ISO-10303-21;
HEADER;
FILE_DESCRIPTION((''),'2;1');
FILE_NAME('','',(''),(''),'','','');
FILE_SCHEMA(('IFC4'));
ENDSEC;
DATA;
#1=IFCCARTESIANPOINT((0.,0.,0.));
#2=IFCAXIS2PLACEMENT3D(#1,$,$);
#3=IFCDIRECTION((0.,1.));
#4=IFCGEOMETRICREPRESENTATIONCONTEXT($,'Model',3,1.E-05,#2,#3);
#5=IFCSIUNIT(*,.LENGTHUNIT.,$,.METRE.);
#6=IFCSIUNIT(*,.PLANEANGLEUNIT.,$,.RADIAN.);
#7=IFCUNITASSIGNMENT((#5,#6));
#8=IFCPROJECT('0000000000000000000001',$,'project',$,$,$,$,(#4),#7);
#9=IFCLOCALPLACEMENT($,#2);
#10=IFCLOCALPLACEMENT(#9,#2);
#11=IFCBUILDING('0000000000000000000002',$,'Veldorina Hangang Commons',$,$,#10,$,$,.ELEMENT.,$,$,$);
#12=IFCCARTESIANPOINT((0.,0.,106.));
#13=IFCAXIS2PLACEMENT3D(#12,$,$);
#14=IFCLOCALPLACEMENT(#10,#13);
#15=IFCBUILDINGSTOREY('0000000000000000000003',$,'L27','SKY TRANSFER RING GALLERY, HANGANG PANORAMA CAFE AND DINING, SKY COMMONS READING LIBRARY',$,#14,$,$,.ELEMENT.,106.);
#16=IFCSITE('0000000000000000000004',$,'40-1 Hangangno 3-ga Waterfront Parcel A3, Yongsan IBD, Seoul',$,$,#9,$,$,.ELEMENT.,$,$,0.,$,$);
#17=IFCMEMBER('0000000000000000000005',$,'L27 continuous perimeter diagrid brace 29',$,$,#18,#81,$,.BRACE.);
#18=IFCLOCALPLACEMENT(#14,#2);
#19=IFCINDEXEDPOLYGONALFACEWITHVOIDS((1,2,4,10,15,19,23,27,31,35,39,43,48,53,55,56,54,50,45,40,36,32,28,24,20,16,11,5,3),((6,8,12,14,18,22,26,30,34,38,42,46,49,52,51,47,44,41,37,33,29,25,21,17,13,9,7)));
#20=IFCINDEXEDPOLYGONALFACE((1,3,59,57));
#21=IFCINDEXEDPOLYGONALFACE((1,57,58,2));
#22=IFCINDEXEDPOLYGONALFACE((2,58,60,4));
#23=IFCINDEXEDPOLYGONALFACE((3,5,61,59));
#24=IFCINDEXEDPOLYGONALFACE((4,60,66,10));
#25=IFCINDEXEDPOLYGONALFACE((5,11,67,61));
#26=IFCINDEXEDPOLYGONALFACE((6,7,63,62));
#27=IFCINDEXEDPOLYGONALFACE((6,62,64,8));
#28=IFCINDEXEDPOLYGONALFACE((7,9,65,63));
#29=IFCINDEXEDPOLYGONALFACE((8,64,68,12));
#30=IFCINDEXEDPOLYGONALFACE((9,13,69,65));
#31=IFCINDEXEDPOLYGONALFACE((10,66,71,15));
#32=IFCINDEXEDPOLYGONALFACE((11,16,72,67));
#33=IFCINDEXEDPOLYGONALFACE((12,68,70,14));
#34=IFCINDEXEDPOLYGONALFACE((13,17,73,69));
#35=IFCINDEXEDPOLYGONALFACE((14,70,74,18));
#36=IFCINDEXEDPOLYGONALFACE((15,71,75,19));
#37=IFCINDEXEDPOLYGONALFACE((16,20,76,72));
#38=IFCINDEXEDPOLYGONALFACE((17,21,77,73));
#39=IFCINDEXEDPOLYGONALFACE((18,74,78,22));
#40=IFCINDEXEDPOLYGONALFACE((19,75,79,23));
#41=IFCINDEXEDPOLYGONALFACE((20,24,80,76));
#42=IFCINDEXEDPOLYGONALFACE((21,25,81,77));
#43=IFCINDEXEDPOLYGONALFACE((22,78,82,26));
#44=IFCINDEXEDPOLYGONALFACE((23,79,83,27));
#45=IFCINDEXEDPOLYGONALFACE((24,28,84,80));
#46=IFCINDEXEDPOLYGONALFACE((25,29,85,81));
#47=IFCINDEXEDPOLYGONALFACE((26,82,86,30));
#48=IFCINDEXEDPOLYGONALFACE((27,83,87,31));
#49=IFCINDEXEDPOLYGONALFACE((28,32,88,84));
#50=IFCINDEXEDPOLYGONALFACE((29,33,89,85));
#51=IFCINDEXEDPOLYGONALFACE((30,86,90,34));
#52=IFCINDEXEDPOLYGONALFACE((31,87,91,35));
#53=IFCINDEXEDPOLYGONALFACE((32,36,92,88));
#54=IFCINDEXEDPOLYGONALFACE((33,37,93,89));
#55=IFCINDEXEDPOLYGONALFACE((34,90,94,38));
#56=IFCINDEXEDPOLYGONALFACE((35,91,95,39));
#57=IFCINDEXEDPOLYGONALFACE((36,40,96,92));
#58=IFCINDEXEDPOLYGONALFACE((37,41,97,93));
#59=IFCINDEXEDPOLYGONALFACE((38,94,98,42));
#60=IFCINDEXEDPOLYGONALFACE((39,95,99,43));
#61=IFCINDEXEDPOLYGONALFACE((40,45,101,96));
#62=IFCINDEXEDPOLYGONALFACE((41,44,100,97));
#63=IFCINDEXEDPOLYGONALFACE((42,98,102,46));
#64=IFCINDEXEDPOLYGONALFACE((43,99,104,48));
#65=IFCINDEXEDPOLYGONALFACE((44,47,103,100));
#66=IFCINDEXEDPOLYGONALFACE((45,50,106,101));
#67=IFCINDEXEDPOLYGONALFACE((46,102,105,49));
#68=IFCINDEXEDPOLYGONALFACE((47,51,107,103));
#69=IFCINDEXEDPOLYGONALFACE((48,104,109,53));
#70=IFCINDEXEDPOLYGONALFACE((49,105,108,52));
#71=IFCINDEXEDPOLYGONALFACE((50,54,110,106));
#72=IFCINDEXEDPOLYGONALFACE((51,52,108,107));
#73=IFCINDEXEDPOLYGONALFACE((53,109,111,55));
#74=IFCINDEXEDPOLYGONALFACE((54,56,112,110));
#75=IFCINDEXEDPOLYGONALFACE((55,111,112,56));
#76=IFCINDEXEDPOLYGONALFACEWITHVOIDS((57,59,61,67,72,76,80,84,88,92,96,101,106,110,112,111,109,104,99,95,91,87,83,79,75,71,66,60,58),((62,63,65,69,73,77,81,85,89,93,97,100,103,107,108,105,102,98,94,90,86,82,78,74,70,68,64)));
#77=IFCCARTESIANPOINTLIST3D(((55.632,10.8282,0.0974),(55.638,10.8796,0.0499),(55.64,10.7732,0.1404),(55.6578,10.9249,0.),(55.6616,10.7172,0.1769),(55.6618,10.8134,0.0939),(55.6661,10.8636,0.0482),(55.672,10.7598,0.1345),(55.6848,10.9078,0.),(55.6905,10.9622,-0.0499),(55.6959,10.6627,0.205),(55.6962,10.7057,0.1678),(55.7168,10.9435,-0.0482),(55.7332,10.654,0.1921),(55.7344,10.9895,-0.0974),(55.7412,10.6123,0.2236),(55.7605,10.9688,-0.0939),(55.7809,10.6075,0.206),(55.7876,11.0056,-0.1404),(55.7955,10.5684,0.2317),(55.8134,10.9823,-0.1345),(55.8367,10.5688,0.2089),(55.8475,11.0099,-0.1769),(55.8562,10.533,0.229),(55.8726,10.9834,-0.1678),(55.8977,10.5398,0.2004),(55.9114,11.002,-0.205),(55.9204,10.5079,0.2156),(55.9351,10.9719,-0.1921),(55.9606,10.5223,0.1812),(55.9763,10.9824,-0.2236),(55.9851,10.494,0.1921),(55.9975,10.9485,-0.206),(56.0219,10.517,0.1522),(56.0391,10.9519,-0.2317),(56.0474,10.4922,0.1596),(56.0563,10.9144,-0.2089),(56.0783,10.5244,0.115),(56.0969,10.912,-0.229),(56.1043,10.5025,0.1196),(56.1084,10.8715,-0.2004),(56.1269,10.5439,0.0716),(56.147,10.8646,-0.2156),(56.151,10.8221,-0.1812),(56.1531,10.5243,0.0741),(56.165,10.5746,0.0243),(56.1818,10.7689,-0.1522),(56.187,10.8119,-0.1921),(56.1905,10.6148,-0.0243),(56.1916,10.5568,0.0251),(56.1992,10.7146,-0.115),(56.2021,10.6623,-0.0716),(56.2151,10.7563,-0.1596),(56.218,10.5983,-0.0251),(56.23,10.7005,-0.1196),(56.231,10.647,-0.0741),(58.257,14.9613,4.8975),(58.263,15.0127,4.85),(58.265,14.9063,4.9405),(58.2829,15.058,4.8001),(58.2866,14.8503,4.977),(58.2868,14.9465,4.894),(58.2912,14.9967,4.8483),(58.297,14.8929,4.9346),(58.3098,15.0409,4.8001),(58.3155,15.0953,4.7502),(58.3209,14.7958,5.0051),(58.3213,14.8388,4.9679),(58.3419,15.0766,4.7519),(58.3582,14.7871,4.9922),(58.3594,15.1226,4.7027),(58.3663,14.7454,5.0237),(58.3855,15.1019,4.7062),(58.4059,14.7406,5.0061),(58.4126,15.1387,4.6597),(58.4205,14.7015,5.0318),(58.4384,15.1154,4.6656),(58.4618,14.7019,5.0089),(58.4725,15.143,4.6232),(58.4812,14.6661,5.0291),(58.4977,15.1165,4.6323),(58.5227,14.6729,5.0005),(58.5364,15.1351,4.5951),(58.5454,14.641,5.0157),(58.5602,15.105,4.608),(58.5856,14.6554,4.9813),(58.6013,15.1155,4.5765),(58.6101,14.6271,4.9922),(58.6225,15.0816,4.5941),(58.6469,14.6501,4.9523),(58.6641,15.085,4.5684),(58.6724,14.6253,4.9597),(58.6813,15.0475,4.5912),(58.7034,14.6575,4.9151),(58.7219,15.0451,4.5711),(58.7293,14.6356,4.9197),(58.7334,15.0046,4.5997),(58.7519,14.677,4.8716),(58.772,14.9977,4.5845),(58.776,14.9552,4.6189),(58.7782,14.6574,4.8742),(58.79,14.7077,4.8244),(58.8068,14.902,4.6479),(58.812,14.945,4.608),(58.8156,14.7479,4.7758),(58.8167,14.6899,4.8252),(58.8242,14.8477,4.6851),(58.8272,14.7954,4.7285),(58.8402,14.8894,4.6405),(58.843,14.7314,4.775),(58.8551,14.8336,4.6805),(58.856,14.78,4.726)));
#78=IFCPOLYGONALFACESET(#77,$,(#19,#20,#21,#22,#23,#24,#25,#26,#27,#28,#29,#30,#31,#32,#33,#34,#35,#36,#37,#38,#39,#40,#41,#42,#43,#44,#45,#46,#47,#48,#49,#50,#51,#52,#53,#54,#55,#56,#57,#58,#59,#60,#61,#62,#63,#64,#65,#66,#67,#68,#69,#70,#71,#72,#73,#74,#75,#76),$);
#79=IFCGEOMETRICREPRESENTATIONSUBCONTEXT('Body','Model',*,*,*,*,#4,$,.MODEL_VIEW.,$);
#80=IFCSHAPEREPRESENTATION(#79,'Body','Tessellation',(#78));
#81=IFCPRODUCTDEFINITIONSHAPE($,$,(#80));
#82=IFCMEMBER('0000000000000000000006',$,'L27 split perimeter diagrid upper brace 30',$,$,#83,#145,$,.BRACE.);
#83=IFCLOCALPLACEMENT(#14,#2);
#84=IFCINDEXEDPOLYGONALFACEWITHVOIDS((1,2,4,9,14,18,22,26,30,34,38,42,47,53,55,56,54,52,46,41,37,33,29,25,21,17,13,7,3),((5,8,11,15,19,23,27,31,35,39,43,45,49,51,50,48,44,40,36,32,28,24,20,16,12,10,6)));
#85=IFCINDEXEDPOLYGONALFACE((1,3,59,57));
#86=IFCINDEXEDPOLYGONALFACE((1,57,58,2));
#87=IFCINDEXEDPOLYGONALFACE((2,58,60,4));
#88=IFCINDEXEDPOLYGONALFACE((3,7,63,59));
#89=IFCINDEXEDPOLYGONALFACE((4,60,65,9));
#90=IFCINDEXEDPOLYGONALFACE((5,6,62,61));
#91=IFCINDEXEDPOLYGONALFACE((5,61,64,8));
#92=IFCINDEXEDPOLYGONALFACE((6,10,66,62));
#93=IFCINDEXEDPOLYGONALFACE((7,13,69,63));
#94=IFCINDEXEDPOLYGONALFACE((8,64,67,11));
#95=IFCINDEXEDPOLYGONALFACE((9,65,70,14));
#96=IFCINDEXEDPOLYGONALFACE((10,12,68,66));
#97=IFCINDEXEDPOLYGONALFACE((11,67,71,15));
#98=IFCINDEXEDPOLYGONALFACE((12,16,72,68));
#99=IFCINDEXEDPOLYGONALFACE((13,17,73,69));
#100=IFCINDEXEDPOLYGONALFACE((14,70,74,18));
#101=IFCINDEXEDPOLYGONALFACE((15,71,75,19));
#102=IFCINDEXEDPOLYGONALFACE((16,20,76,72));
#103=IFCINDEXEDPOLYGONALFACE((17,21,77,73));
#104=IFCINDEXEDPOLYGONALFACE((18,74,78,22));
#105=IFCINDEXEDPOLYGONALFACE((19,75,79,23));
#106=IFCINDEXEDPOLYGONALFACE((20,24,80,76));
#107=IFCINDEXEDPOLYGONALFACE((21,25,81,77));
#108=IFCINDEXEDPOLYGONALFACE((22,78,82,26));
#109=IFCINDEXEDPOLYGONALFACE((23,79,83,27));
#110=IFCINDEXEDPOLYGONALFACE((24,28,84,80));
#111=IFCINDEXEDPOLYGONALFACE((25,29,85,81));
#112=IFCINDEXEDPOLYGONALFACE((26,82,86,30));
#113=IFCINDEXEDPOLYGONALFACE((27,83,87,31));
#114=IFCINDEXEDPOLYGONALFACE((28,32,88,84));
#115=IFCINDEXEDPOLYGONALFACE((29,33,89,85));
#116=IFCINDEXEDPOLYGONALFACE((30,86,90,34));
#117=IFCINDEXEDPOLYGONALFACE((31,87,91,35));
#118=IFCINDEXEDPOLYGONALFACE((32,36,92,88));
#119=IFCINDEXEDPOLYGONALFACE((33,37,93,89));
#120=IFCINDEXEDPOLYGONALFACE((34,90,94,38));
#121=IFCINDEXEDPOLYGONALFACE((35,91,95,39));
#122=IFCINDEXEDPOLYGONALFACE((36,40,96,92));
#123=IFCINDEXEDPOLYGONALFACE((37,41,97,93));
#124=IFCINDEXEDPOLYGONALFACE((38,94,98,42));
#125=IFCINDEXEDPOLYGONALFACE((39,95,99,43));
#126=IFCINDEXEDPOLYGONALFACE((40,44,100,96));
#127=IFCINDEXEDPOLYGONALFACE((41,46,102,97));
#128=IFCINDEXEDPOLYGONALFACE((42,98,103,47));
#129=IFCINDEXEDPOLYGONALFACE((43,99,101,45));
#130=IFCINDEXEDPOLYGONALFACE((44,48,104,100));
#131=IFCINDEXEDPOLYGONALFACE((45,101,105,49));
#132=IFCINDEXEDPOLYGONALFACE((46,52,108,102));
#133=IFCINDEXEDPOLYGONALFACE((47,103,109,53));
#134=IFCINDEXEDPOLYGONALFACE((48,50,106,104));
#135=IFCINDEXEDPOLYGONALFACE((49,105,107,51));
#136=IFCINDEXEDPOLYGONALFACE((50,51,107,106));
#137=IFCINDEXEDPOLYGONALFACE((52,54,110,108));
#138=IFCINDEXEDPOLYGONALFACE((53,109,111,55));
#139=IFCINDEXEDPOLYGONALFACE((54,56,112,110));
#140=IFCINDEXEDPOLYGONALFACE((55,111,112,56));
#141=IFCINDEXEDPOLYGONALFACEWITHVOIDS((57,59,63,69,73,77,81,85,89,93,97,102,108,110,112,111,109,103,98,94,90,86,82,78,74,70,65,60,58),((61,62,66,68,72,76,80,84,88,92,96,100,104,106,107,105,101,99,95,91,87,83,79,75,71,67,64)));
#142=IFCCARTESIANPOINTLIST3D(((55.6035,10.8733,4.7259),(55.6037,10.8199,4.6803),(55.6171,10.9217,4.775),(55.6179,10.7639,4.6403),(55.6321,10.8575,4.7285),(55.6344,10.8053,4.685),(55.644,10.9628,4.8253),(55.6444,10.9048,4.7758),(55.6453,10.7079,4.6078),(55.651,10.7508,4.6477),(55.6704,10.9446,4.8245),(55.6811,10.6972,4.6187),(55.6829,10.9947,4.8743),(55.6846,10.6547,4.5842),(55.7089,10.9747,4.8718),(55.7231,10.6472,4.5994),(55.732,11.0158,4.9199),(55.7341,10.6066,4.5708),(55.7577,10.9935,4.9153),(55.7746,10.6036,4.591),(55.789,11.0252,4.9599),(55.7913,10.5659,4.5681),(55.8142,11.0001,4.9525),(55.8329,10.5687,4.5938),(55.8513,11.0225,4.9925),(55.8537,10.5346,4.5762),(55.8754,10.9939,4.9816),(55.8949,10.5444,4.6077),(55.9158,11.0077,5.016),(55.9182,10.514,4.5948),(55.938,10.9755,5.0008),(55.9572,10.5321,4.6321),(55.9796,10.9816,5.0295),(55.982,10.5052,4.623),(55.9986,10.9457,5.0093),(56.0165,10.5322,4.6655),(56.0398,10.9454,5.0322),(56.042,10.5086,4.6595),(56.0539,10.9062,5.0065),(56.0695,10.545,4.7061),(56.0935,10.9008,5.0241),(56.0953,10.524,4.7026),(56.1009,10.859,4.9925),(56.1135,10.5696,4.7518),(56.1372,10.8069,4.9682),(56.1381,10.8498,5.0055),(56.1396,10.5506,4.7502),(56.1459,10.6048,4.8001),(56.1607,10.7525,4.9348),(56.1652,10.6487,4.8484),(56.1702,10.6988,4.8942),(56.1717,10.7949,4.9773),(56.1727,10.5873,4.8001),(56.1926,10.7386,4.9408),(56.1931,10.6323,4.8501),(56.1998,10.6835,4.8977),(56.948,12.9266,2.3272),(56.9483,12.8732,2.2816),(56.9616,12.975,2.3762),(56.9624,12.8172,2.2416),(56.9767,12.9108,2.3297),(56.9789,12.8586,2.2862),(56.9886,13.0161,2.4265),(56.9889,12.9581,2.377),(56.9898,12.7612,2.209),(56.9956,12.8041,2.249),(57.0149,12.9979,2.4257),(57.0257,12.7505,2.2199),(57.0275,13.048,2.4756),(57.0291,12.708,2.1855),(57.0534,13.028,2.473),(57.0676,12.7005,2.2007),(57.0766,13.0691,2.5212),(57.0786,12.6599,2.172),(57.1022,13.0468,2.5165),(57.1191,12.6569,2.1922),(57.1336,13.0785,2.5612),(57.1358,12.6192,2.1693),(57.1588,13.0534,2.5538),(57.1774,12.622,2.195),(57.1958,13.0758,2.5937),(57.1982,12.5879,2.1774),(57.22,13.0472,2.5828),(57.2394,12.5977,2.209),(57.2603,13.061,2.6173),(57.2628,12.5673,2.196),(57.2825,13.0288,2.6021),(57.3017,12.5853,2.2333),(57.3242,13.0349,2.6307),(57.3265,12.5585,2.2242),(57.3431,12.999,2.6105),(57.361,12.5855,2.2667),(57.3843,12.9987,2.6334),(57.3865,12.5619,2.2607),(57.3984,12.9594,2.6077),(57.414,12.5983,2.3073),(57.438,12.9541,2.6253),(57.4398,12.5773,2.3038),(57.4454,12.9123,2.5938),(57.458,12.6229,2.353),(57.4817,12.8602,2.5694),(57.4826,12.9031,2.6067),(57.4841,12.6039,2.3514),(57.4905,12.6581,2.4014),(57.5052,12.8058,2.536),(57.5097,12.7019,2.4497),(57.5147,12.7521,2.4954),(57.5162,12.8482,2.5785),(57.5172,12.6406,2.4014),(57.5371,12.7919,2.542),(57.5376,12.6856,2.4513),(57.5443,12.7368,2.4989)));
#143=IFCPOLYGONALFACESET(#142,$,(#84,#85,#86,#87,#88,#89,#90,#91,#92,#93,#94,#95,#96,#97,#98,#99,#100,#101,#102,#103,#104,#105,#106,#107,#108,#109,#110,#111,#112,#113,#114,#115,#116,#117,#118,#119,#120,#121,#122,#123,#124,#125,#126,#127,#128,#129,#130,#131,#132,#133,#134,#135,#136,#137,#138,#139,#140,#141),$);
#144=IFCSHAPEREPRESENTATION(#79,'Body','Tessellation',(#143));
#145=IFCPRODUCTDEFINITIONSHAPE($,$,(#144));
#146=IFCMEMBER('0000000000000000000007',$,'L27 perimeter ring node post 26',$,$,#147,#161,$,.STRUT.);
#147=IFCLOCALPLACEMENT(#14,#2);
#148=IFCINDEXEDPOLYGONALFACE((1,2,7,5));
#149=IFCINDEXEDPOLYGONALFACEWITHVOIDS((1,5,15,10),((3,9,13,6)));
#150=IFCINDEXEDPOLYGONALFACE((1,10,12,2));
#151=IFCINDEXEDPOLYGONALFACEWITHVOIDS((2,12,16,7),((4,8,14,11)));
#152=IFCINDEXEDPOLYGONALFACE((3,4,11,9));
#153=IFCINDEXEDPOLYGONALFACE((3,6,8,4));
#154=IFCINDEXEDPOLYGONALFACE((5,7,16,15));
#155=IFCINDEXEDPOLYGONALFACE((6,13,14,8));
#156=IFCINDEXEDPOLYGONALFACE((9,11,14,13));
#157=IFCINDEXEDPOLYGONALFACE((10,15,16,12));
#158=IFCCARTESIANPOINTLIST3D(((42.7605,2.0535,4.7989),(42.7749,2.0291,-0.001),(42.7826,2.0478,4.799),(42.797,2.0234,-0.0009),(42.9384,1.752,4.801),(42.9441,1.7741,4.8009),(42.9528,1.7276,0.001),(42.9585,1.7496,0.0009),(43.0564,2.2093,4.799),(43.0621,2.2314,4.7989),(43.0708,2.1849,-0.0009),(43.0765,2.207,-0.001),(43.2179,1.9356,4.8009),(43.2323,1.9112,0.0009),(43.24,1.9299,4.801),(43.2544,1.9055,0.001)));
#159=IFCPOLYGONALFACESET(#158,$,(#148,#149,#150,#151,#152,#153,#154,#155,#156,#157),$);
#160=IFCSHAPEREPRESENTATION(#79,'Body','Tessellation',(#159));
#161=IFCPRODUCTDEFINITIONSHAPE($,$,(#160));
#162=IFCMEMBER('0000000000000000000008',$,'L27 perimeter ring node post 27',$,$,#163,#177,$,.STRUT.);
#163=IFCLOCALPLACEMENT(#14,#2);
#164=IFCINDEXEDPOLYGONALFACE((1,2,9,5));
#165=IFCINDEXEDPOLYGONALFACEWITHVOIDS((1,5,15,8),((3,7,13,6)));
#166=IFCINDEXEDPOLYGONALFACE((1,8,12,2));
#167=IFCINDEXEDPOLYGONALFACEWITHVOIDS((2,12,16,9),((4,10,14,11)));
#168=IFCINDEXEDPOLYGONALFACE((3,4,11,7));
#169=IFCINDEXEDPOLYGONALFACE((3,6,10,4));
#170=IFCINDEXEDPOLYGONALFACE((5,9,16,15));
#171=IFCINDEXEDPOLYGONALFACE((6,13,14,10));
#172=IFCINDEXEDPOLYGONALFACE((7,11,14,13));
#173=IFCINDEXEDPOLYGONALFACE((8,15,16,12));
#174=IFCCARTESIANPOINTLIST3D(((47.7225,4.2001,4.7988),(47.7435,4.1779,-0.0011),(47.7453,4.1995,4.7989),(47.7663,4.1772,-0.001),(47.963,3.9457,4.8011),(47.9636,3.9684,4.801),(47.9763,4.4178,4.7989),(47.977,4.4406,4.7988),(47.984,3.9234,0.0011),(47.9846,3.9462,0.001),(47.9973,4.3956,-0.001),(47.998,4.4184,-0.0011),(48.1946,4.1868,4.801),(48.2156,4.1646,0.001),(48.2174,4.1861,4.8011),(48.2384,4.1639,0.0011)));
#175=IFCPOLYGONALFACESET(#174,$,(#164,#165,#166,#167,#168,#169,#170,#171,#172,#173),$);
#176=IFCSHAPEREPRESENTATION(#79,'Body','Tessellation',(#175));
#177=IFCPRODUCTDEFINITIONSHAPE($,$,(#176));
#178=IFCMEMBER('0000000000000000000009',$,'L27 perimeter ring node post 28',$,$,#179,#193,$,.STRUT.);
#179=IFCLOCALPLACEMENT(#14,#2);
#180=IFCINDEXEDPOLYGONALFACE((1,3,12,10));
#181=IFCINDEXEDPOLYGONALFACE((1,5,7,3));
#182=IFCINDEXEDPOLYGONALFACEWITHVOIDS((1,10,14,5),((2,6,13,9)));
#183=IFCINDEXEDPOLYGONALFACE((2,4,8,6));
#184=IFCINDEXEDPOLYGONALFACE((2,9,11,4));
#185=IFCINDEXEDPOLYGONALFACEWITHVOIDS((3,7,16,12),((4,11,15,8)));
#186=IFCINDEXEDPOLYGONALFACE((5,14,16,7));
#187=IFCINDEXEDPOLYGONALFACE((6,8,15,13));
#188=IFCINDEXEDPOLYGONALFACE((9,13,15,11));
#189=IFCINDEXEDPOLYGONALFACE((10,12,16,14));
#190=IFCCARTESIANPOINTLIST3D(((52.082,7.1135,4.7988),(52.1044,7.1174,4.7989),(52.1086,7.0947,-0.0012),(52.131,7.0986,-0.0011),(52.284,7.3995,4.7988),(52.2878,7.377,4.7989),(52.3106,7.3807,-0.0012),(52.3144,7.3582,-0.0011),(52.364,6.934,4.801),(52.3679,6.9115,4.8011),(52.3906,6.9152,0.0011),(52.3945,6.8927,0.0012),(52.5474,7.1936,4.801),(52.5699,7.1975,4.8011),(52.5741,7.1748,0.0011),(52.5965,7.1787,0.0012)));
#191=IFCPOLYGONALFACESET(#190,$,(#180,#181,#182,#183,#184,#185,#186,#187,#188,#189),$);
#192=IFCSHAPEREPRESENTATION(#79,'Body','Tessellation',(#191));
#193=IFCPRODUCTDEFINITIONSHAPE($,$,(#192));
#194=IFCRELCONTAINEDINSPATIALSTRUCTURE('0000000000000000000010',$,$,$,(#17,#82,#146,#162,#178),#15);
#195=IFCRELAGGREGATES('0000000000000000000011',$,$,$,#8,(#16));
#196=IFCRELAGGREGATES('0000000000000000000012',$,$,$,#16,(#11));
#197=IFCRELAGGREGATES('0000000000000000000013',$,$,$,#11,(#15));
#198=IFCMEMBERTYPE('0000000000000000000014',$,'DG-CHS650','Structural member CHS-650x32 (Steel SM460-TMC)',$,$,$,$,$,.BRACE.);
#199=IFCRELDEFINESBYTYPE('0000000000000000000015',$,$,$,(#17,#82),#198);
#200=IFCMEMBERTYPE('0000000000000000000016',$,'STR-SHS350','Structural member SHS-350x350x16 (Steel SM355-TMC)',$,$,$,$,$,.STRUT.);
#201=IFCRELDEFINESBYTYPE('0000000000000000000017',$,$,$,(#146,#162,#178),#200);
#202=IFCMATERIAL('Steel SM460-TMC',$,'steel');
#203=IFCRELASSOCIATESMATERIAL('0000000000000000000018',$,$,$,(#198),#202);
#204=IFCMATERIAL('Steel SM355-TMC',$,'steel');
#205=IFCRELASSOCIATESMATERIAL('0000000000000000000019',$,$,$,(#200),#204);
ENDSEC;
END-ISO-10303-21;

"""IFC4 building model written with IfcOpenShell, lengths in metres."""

from ifc_helpers import new_model, si_unit, direction, frame, origin, origin_2d, place, context, subcontext, project, spatial, hollow_rectangle, hollow_circle, extrude, material, material_profile, profile_set, type_object, element, save


model = new_model("IFC4")

# Units and contexts
model_context = context("Model", 3, precision=1e-05, world=origin(), true_north=direction((0.0, 1.0)))
body_context = subcontext(model_context, "Body", "Model", "MODEL_VIEW")
ifc_project = project(units=[si_unit("LENGTHUNIT", "METRE"), si_unit("PLANEANGLEUNIT", "RADIAN")], contexts=[model_context])

# Site, building, storey
site_placement = place(None, origin())
site = spatial("IfcSite", under=ifc_project, at=site_placement, Name="40-1 Hangangno 3-ga Waterfront Parcel A3, Yongsan IBD, Seoul", CompositionType="ELEMENT", RefElevation=0.0)
building_placement = place(site_placement, origin())
building = spatial("IfcBuilding", under=site, at=building_placement, Name="Veldorina Hangang Commons", CompositionType="ELEMENT")
storey_placement = place(building_placement, frame((0.0, 0.0, 106.0)))
storey = spatial("IfcBuildingStorey", under=building, at=storey_placement, Name="L27", Description="SKY TRANSFER RING GALLERY, HANGANG PANORAMA CAFE AND DINING, SKY COMMONS READING LIBRARY", CompositionType="ELEMENT", Elevation=106.0)

# Shared definitions
ifc_material_1 = material(Name="Steel SM355-TMC", Category="steel")

# Members
ifc_material_2 = material(Name="Steel SM460-TMC", Category="steel")
ifc_material_profile_1 = material_profile(ifc_material_2, hollow_circle(Radius=0.325, WallThickness=0.032, at=origin_2d()), Name="CHS-650x32")
ifc_profile_set_1 = profile_set([ifc_material_profile_1], Name="Steel SM460-TMC")
member_type_1 = type_object("IfcMemberType", Name="DG-CHS650", Description="Structural member CHS-650x32 (Steel SM460-TMC)", PredefinedType="BRACE", material=ifc_profile_set_1)
member_1_placement = place(storey_placement, frame((55.9321, 10.7507, 0.0), z_axis=(0.382842, 0.602783, 0.70006), x_axis=(-0.844135, 0.53613, 0.0)))
element("IfcMember", 1, at=member_1_placement, inside=storey, type_object=member_type_1, Name="L27 continuous perimeter diagrid brace 29", PredefinedType="BRACE", context=body_context, shape_type="SweptSolid", body=[
    extrude(hollow_circle(Radius=0.325, WallThickness=0.032, at=origin_2d()), origin(), (0.0, 0.0, 1.0), 6.8567),
])
member_2_placement = place(storey_placement, frame((57.2454, 12.8186, 2.4014), z_axis=(-0.391775, -0.598299, 0.698964), x_axis=(0.836598, -0.547817, 0.0)))
element("IfcMember", 2, at=member_2_placement, inside=storey, type_object=member_type_1, Name="L27 split perimeter diagrid upper brace 30", PredefinedType="BRACE", context=body_context, shape_type="SweptSolid", body=[
    extrude(hollow_circle(Radius=0.325, WallThickness=0.032, at=origin_2d()), origin(), (0.0, 0.0, 1.0), 3.4319),
])
ifc_material_profile_2 = material_profile(ifc_material_1, hollow_rectangle(XDim=0.3501, YDim=0.3501, WallThickness=0.0161, at=origin_2d()), Name="SHS-350x350x16")
ifc_profile_set_2 = profile_set([ifc_material_profile_2], Name="Steel SM355-TMC")
member_type_2 = type_object("IfcMemberType", Name="STR-SHS350", Description="Structural member SHS-350x350x16 (Steel SM355-TMC)", PredefinedType="STRUT", material=ifc_profile_set_2)
for number, where, z_axis, x_axis, name in (
    (3, (43.0146, 1.9673, 0.0), (-0.003001, 0.005086, 0.999983), (-0.861269, -0.508149, 0.0), "L27 perimeter ring node post 26"),
    (4, (47.991, 4.1709, 0.0), (-0.004374, 0.004628, 0.99998), (-0.726792, -0.686858, 0.0), "L27 perimeter ring node post 27"),
    (5, (52.3525, 7.1367, 0.0), (-0.005544, 0.003916, 0.999977), (-0.576977, -0.81676, 0.0), "L27 perimeter ring node post 28"),
):
    element("IfcMember", number, at=place(storey_placement, frame(where, z_axis=z_axis, x_axis=x_axis)), inside=storey, type_object=member_type_2, Name=name, PredefinedType="STRUT", context=body_context, shape_type="SweptSolid", body=[
        extrude(hollow_rectangle(XDim=0.3501, YDim=0.3501, WallThickness=0.0161, at=origin_2d()), origin(), (0.0, 0.0, 1.0), 4.8),
    ])

save(model, "model.ifc")
